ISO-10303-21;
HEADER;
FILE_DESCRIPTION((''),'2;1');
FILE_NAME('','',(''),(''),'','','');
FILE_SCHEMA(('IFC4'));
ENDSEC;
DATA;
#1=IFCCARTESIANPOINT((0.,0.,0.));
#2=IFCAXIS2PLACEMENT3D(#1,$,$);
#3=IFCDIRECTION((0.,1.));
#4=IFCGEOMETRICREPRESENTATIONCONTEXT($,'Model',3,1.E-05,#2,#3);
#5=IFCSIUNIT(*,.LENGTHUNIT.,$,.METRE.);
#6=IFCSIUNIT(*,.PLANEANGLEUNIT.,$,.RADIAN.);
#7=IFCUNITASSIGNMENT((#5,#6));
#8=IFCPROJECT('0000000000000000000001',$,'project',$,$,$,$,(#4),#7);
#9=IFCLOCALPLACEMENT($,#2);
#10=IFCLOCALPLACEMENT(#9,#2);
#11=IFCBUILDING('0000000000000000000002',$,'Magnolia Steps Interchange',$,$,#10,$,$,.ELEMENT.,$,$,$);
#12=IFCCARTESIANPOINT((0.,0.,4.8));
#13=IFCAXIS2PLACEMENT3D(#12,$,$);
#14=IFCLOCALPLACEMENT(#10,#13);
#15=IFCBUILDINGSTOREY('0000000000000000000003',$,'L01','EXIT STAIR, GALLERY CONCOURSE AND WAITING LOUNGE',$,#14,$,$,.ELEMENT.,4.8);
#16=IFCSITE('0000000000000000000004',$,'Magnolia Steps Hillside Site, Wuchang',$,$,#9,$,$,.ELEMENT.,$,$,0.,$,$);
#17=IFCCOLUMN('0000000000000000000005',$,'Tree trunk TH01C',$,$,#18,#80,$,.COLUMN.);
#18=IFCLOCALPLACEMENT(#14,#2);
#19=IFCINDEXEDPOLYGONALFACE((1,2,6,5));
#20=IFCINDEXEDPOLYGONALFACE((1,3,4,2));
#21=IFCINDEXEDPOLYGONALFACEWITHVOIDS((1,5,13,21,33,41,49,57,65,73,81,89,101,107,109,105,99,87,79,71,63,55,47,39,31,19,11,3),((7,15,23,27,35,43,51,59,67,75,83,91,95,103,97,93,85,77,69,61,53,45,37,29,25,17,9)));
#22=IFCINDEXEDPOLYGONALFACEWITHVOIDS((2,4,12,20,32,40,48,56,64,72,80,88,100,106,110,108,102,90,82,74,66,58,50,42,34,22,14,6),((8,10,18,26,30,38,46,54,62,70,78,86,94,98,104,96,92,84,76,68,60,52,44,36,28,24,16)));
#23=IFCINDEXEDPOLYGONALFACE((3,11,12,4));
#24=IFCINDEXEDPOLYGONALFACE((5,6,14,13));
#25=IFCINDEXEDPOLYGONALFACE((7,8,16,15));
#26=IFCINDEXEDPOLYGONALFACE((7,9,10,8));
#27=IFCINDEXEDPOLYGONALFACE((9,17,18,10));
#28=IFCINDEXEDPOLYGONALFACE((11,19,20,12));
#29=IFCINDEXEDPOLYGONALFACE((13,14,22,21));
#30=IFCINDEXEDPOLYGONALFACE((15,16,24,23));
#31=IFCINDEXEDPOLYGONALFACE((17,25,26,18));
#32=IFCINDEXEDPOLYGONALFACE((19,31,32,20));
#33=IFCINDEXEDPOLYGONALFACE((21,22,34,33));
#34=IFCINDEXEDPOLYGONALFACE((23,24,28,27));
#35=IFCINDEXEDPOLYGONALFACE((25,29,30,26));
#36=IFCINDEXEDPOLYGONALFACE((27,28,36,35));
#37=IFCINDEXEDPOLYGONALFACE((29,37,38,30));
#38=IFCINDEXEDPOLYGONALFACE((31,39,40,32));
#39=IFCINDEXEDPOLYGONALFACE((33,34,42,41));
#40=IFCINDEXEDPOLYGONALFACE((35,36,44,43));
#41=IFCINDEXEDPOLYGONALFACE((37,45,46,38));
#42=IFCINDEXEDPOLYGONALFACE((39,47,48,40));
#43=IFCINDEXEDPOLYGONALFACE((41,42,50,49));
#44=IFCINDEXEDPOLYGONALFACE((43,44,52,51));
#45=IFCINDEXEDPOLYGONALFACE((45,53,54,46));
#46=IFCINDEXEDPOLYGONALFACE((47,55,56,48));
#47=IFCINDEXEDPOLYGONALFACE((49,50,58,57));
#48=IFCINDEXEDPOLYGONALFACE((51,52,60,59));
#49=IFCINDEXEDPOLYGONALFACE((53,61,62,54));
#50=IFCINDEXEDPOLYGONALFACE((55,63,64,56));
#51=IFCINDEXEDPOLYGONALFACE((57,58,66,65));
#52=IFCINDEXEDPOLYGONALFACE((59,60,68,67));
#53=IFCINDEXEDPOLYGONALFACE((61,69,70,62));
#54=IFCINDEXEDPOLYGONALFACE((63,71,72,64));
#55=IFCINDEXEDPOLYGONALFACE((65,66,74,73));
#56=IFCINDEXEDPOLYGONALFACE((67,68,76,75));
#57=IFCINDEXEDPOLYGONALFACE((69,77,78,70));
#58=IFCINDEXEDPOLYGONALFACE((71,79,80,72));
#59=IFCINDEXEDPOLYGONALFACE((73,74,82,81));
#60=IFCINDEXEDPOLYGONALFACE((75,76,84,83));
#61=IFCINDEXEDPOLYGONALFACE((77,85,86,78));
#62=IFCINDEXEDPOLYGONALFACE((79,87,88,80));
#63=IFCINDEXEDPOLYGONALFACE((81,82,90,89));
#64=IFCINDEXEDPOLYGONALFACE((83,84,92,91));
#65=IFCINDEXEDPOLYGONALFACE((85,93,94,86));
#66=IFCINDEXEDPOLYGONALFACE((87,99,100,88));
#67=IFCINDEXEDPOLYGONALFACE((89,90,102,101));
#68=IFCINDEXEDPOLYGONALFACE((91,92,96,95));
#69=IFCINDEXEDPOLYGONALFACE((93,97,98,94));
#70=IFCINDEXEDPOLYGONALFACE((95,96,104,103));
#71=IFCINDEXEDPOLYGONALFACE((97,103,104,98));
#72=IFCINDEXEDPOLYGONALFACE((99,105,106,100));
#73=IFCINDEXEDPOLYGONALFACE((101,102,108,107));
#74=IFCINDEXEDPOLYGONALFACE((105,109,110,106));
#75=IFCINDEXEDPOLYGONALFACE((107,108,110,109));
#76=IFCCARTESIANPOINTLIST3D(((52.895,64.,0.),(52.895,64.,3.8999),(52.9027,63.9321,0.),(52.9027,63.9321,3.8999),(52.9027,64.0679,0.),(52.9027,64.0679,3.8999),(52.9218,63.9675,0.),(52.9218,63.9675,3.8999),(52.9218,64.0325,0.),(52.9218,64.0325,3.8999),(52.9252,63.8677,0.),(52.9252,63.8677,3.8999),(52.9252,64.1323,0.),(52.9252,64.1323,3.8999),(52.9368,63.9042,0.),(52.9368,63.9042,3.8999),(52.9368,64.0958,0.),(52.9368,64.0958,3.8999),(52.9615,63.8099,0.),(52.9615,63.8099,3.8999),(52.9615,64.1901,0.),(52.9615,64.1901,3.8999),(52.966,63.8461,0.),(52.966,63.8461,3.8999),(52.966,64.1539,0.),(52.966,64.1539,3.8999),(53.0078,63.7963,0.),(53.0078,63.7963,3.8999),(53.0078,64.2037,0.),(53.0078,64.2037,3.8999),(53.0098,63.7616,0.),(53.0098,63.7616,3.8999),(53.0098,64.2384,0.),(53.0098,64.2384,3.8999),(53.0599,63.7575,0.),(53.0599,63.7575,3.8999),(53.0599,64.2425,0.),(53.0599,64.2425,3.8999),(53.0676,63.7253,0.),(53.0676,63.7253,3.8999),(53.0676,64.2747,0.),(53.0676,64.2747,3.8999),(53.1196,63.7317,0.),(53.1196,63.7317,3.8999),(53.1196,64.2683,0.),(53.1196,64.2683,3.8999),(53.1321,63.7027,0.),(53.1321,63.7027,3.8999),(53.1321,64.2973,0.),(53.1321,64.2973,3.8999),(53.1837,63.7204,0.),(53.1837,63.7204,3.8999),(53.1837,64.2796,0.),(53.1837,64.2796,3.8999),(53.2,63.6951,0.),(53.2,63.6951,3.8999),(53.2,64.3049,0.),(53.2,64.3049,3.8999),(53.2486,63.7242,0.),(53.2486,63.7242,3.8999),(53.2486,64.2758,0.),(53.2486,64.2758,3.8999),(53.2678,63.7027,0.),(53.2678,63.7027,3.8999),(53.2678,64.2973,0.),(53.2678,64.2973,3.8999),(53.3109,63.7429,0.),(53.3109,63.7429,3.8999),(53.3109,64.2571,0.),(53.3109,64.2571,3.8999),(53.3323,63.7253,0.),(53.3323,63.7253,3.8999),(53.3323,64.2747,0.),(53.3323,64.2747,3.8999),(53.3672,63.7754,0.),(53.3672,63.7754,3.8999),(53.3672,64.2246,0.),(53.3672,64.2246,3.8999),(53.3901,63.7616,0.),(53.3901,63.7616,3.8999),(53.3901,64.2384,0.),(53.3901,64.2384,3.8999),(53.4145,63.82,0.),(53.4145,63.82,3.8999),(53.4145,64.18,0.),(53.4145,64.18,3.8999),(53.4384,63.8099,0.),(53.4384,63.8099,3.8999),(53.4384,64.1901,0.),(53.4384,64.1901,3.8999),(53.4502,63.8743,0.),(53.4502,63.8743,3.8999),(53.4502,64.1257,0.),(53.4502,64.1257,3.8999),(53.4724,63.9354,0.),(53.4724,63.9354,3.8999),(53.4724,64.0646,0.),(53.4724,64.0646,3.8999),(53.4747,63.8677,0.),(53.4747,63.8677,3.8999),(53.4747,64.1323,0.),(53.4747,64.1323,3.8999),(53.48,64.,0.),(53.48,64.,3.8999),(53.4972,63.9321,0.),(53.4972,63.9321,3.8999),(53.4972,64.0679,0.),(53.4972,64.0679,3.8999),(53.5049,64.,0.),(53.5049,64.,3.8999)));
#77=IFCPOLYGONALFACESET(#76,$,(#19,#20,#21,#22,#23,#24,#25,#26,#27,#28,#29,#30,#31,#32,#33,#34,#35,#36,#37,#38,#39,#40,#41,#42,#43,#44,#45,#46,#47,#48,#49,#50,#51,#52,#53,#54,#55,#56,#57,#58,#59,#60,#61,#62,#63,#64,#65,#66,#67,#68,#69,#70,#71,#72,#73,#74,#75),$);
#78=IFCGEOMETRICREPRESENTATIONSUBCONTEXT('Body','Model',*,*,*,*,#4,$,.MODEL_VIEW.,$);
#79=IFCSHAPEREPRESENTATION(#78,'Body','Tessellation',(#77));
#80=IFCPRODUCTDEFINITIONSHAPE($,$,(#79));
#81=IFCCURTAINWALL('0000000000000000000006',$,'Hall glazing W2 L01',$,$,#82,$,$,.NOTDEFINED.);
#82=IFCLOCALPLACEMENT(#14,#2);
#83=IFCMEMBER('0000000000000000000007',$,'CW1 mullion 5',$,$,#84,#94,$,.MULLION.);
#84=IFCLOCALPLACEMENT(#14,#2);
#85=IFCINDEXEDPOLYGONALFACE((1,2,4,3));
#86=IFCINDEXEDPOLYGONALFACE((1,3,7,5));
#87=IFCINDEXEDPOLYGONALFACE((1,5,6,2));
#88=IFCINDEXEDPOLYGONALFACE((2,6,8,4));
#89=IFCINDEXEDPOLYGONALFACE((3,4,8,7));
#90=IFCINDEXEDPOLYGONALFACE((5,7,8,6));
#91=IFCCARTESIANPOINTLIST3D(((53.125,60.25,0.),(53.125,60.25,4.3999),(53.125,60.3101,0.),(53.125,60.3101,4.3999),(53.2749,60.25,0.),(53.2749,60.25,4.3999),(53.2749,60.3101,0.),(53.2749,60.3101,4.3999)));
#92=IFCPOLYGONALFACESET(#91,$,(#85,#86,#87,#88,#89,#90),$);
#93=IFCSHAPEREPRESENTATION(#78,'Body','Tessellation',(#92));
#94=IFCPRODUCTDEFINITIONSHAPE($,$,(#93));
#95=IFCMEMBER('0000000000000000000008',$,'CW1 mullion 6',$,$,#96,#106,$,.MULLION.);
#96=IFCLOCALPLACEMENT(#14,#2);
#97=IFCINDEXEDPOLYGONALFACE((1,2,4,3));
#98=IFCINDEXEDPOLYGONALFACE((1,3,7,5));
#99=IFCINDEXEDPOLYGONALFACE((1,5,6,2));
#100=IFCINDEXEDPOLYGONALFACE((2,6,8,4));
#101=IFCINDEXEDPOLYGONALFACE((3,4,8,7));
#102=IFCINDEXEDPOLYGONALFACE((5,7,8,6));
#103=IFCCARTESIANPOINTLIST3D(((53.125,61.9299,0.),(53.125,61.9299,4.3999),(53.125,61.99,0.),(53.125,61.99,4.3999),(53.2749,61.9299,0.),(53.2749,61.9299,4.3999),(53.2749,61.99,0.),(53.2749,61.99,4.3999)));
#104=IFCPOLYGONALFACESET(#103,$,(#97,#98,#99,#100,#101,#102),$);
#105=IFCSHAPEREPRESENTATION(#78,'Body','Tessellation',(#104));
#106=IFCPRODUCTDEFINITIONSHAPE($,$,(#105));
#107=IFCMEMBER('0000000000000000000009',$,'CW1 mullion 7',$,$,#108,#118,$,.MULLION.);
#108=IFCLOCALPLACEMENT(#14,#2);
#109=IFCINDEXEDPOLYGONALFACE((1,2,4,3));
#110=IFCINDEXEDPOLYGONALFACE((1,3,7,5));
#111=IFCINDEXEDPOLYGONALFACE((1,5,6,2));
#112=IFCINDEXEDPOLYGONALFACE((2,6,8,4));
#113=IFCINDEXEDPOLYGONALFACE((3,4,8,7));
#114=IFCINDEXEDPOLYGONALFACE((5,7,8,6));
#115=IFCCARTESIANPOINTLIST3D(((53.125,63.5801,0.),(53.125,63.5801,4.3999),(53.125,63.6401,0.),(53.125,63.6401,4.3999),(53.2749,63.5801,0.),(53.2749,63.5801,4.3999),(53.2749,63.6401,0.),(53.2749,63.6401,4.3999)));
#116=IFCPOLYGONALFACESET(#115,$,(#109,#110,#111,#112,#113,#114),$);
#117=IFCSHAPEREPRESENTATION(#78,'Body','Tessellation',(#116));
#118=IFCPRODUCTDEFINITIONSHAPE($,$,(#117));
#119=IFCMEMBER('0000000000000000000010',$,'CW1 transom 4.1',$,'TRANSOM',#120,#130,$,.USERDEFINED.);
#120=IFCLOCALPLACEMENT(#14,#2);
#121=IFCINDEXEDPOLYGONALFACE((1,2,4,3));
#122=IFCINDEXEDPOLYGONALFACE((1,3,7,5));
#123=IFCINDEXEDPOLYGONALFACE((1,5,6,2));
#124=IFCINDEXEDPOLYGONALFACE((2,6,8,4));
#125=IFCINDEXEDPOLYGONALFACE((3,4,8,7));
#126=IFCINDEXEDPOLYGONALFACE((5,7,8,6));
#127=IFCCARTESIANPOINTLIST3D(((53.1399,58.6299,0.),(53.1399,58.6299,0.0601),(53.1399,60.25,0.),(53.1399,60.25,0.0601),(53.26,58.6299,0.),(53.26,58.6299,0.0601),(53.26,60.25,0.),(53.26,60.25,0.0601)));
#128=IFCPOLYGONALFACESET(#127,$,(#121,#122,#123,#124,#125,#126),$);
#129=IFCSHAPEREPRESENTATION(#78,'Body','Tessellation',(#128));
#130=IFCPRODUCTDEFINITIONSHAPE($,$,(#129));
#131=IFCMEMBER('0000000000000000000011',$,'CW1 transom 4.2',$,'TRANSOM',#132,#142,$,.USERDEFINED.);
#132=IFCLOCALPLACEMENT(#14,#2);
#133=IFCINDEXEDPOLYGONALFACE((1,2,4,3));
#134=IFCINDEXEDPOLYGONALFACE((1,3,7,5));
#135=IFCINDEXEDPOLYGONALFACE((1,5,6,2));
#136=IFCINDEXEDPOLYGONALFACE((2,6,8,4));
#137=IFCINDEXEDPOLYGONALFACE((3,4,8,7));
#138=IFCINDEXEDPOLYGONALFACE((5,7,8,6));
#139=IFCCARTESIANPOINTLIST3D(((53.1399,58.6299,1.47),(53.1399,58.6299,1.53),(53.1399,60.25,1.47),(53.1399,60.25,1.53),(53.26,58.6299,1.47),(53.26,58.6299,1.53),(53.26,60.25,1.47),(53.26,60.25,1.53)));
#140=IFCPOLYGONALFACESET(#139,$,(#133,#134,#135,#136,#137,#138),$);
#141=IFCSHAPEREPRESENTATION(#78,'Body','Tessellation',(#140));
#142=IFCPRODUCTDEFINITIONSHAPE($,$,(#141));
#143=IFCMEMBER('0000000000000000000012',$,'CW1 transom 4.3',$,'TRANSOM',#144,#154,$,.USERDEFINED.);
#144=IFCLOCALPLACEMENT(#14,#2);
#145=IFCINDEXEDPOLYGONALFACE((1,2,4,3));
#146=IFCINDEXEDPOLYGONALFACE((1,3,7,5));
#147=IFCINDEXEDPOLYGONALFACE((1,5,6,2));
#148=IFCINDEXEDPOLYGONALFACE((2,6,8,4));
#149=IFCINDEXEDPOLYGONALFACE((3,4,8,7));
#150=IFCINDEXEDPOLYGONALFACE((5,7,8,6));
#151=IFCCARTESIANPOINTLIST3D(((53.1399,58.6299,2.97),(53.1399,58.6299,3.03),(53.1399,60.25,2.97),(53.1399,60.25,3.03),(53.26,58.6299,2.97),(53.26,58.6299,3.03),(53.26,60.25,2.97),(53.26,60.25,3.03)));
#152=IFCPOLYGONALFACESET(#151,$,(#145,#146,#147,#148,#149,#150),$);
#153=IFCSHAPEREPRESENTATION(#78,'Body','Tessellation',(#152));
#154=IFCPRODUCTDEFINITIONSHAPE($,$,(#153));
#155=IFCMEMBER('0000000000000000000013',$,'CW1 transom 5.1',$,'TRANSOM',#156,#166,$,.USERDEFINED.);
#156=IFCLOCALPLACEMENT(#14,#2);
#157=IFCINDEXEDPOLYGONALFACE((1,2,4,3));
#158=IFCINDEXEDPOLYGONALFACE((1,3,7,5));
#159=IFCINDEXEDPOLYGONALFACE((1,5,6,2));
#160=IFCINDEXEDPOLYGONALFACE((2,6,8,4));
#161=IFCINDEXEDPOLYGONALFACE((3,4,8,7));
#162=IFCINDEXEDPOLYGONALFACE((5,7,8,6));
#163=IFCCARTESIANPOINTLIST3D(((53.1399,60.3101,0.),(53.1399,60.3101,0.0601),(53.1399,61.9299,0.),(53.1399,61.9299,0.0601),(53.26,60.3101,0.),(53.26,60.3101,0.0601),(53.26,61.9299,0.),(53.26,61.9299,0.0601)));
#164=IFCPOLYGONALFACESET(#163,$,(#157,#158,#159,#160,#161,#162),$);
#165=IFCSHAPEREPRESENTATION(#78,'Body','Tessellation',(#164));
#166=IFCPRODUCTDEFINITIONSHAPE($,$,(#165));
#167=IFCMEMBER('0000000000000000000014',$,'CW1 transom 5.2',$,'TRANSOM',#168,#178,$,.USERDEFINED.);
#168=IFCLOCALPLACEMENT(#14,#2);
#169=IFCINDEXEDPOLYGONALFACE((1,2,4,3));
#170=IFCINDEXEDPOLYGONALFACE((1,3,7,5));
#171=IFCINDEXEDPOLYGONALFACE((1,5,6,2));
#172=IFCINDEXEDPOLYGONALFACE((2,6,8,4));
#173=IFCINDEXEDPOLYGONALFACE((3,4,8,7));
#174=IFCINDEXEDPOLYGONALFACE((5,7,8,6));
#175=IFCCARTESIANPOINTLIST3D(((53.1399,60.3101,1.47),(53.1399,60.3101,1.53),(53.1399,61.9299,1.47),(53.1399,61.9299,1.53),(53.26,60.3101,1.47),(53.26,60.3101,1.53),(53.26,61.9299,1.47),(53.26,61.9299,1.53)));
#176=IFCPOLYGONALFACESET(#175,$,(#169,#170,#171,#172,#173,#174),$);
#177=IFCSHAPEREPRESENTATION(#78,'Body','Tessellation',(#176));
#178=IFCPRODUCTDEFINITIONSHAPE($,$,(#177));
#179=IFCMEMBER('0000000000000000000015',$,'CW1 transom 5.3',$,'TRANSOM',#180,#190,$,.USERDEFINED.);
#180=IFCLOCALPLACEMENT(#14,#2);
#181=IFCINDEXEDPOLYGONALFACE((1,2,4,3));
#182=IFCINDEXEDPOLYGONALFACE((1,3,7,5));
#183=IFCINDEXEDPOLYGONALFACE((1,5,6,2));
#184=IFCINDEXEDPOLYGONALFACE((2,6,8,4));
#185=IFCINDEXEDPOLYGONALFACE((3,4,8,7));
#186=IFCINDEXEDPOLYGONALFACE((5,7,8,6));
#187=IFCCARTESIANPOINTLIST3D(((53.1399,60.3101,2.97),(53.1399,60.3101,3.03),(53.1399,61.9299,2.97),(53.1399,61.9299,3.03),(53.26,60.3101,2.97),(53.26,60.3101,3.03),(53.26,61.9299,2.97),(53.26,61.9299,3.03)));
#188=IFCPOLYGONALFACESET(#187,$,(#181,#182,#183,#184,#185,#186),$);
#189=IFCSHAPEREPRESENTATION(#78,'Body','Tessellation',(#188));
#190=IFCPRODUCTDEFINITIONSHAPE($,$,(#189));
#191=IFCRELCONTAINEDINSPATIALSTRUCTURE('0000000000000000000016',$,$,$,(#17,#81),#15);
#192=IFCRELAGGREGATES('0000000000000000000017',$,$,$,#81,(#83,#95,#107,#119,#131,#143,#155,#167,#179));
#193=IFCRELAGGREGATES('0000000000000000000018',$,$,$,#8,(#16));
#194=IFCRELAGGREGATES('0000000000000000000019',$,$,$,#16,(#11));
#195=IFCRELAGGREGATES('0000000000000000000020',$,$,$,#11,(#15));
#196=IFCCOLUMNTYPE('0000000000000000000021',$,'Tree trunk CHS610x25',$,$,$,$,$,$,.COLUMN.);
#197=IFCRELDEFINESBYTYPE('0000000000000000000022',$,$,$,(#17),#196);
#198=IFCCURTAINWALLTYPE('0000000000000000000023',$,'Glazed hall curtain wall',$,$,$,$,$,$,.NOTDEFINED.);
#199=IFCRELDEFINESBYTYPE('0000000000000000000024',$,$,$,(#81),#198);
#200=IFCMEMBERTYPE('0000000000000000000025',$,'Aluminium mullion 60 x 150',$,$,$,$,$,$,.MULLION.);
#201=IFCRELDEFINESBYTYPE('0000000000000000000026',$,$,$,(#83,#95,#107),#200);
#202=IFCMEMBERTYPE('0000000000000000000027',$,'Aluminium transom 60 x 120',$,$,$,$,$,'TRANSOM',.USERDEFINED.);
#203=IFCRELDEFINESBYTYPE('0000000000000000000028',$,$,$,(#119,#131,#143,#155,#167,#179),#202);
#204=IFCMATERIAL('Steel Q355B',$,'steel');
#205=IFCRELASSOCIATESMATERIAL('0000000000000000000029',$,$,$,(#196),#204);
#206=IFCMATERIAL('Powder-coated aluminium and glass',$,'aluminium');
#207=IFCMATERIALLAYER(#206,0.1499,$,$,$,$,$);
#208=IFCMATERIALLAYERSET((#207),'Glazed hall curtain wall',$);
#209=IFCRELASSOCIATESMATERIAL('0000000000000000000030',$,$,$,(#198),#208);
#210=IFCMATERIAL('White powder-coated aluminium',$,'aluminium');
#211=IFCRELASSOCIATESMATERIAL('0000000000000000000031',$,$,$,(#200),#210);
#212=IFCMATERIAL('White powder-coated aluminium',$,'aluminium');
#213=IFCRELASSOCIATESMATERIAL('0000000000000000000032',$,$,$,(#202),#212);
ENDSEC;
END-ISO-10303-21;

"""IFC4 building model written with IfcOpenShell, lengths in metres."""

from ifc_helpers import new_model, si_unit, direction, frame, origin, origin_2d, place, context, subcontext, project, spatial, rectangle, hollow_circle, extrude, material, layer, layer_set, material_profile, profile_set, type_object, element, aggregate, save


model = new_model("IFC4")

# Units and contexts
model_context = context("Model", 3, precision=1e-05, world=origin(), true_north=direction((0.0, 1.0)))
body_context = subcontext(model_context, "Body", "Model", "MODEL_VIEW")
ifc_project = project(units=[si_unit("LENGTHUNIT", "METRE"), si_unit("PLANEANGLEUNIT", "RADIAN")], contexts=[model_context])

# Site, building, storey
site_placement = place(None, origin())
site = spatial("IfcSite", under=ifc_project, at=site_placement, Name="Magnolia Steps Hillside Site, Wuchang", CompositionType="ELEMENT", RefElevation=0.0)
building_placement = place(site_placement, origin())
building = spatial("IfcBuilding", under=site, at=building_placement, Name="Magnolia Steps Interchange", CompositionType="ELEMENT")
storey_placement = place(building_placement, frame((0.0, 0.0, 4.8)))
storey = spatial("IfcBuildingStorey", under=building, at=storey_placement, Name="L01", Description="EXIT STAIR, GALLERY CONCOURSE AND WAITING LOUNGE", CompositionType="ELEMENT", Elevation=4.8)

# Column
ifc_material_1 = material(Name="Steel Q355B", Category="steel")
ifc_material_profile_1 = material_profile(ifc_material_1, hollow_circle(Radius=0.3049, WallThickness=0.0249, at=origin_2d()), Name="CHS610x25")
ifc_profile_set_1 = profile_set([ifc_material_profile_1], Name="Steel Q355B")
column_type = type_object("IfcColumnType", Name="Tree trunk CHS610x25", PredefinedType="COLUMN", material=ifc_profile_set_1)
column_placement = place(storey_placement, frame((53.2, 64.0, 0.0), z_axis=(0.0, 0.0, 1.0), x_axis=(1.0, 0.0, 0.0)))
element("IfcColumn", 1, at=column_placement, inside=storey, type_object=column_type, Name="Tree trunk TH01C", PredefinedType="COLUMN", context=body_context, shape_type="SweptSolid", body=[
    extrude(hollow_circle(Radius=0.3049, WallThickness=0.0249, at=origin_2d()), origin(), (0.0, 0.0, 1.0), 3.8999),
])

# Curtain wall, members
ifc_material_2 = material(Name="Powder-coated aluminium and glass", Category="aluminium")
ifc_layer_1 = layer(ifc_material_2, 0.1499)
ifc_layer_set_1 = layer_set([ifc_layer_1], Name="Glazed hall curtain wall")
curtain_wall_type = type_object("IfcCurtainWallType", Name="Glazed hall curtain wall", PredefinedType="NOTDEFINED", material=ifc_layer_set_1)
curtain_wall_placement = place(storey_placement, origin())
curtain_wall = element("IfcCurtainWall", 2, at=curtain_wall_placement, inside=storey, type_object=curtain_wall_type, Name="Hall glazing W2 L01", PredefinedType="NOTDEFINED")
ifc_material_3 = material(Name="White powder-coated aluminium", Category="aluminium")
ifc_material_profile_2 = material_profile(ifc_material_3, rectangle(XDim=0.0601, YDim=0.1499, at=origin_2d()), Name="Aluminium mullion 60 x 150")
ifc_profile_set_2 = profile_set([ifc_material_profile_2], Name="White powder-coated aluminium")
member_type_1 = type_object("IfcMemberType", Name="Aluminium mullion 60 x 150", PredefinedType="MULLION", material=ifc_profile_set_2)
member_1_placement = place(storey_placement, frame((53.2, 60.28, 0.0), z_axis=(0.0, 0.0, 1.0), x_axis=(0.0, 1.0, 0.0)))
member_1 = element("IfcMember", 3, at=member_1_placement, type_object=member_type_1, Name="CW1 mullion 5", PredefinedType="MULLION", context=body_context, shape_type="SweptSolid", body=[
    extrude(rectangle(XDim=0.0601, YDim=0.1499, at=origin_2d()), origin(), (0.0, 0.0, 1.0), 4.3999),
])
member_2_placement = place(storey_placement, frame((53.2, 61.96, 0.0), z_axis=(0.0, 0.0, 1.0), x_axis=(0.0, 1.0, 0.0)))
member_2 = element("IfcMember", 4, at=member_2_placement, type_object=member_type_1, Name="CW1 mullion 6", PredefinedType="MULLION", context=body_context, shape_type="SweptSolid", body=[
    extrude(rectangle(XDim=0.0601, YDim=0.1499, at=origin_2d()), origin(), (0.0, 0.0, 1.0), 4.3999),
])
member_3_placement = place(storey_placement, frame((53.2, 63.6101, 0.0), z_axis=(0.0, 0.0, 1.0), x_axis=(0.0, 1.0, 0.0)))
member_3 = element("IfcMember", 5, at=member_3_placement, type_object=member_type_1, Name="CW1 mullion 7", PredefinedType="MULLION", context=body_context, shape_type="SweptSolid", body=[
    extrude(rectangle(XDim=0.0601, YDim=0.1499, at=origin_2d()), origin(), (0.0, 0.0, 1.0), 4.3999),
])
ifc_material_4 = material(Name="White powder-coated aluminium", Category="aluminium")
ifc_material_profile_3 = material_profile(ifc_material_4, rectangle(XDim=0.0601, YDim=0.1201, at=origin_2d()), Name="Aluminium transom 60 x 120")
ifc_profile_set_3 = profile_set([ifc_material_profile_3], Name="White powder-coated aluminium")
member_type_2 = type_object("IfcMemberType", Name="Aluminium transom 60 x 120", ElementType="TRANSOM", PredefinedType="USERDEFINED", material=ifc_profile_set_3)
member_4_placement = place(storey_placement, frame((53.2, 58.6299, 0.03), z_axis=(0.0, 1.0, 0.0), x_axis=(0.0, 0.0, 1.0)))
member_4 = element("IfcMember", 6, at=member_4_placement, type_object=member_type_2, Name="CW1 transom 4.1", ObjectType="TRANSOM", PredefinedType="USERDEFINED", context=body_context, shape_type="SweptSolid", body=[
    extrude(rectangle(XDim=0.0601, YDim=0.1201, at=origin_2d()), origin(), (0.0, 0.0, 1.0), 1.6201),
])
member_5_placement = place(storey_placement, frame((53.2, 58.6299, 1.5), z_axis=(0.0, 1.0, 0.0), x_axis=(0.0, 0.0, 1.0)))
member_5 = element("IfcMember", 7, at=member_5_placement, type_object=member_type_2, Name="CW1 transom 4.2", ObjectType="TRANSOM", PredefinedType="USERDEFINED", context=body_context, shape_type="SweptSolid", body=[
    extrude(rectangle(XDim=0.0601, YDim=0.1201, at=origin_2d()), origin(), (0.0, 0.0, 1.0), 1.6201),
])
member_6_placement = place(storey_placement, frame((53.2, 58.6299, 3.0), z_axis=(0.0, 1.0, 0.0), x_axis=(0.0, 0.0, 1.0)))
member_6 = element("IfcMember", 8, at=member_6_placement, type_object=member_type_2, Name="CW1 transom 4.3", ObjectType="TRANSOM", PredefinedType="USERDEFINED", context=body_context, shape_type="SweptSolid", body=[
    extrude(rectangle(XDim=0.0601, YDim=0.1201, at=origin_2d()), origin(), (0.0, 0.0, 1.0), 1.6201),
])
member_7_placement = place(storey_placement, frame((53.2, 60.3101, 0.03), z_axis=(0.0, 1.0, 0.0), x_axis=(0.0, 0.0, 1.0)))
member_7 = element("IfcMember", 9, at=member_7_placement, type_object=member_type_2, Name="CW1 transom 5.1", ObjectType="TRANSOM", PredefinedType="USERDEFINED", context=body_context, shape_type="SweptSolid", body=[
    extrude(rectangle(XDim=0.0601, YDim=0.1201, at=origin_2d()), origin(), (0.0, 0.0, 1.0), 1.6199),
])
member_8_placement = place(storey_placement, frame((53.2, 60.3101, 1.5), z_axis=(0.0, 1.0, 0.0), x_axis=(0.0, 0.0, 1.0)))
member_8 = element("IfcMember", 10, at=member_8_placement, type_object=member_type_2, Name="CW1 transom 5.2", ObjectType="TRANSOM", PredefinedType="USERDEFINED", context=body_context, shape_type="SweptSolid", body=[
    extrude(rectangle(XDim=0.0601, YDim=0.1201, at=origin_2d()), origin(), (0.0, 0.0, 1.0), 1.6199),
])
member_9_placement = place(storey_placement, frame((53.2, 60.3101, 3.0), z_axis=(0.0, 1.0, 0.0), x_axis=(0.0, 0.0, 1.0)))
member_9 = element("IfcMember", 11, at=member_9_placement, type_object=member_type_2, Name="CW1 transom 5.3", ObjectType="TRANSOM", PredefinedType="USERDEFINED", context=body_context, shape_type="SweptSolid", body=[
    extrude(rectangle(XDim=0.0601, YDim=0.1201, at=origin_2d()), origin(), (0.0, 0.0, 1.0), 1.6199),
])
aggregate(curtain_wall, [member_1, member_2, member_3, member_4, member_5, member_6, member_7, member_8, member_9])

save(model, "model.ifc")
